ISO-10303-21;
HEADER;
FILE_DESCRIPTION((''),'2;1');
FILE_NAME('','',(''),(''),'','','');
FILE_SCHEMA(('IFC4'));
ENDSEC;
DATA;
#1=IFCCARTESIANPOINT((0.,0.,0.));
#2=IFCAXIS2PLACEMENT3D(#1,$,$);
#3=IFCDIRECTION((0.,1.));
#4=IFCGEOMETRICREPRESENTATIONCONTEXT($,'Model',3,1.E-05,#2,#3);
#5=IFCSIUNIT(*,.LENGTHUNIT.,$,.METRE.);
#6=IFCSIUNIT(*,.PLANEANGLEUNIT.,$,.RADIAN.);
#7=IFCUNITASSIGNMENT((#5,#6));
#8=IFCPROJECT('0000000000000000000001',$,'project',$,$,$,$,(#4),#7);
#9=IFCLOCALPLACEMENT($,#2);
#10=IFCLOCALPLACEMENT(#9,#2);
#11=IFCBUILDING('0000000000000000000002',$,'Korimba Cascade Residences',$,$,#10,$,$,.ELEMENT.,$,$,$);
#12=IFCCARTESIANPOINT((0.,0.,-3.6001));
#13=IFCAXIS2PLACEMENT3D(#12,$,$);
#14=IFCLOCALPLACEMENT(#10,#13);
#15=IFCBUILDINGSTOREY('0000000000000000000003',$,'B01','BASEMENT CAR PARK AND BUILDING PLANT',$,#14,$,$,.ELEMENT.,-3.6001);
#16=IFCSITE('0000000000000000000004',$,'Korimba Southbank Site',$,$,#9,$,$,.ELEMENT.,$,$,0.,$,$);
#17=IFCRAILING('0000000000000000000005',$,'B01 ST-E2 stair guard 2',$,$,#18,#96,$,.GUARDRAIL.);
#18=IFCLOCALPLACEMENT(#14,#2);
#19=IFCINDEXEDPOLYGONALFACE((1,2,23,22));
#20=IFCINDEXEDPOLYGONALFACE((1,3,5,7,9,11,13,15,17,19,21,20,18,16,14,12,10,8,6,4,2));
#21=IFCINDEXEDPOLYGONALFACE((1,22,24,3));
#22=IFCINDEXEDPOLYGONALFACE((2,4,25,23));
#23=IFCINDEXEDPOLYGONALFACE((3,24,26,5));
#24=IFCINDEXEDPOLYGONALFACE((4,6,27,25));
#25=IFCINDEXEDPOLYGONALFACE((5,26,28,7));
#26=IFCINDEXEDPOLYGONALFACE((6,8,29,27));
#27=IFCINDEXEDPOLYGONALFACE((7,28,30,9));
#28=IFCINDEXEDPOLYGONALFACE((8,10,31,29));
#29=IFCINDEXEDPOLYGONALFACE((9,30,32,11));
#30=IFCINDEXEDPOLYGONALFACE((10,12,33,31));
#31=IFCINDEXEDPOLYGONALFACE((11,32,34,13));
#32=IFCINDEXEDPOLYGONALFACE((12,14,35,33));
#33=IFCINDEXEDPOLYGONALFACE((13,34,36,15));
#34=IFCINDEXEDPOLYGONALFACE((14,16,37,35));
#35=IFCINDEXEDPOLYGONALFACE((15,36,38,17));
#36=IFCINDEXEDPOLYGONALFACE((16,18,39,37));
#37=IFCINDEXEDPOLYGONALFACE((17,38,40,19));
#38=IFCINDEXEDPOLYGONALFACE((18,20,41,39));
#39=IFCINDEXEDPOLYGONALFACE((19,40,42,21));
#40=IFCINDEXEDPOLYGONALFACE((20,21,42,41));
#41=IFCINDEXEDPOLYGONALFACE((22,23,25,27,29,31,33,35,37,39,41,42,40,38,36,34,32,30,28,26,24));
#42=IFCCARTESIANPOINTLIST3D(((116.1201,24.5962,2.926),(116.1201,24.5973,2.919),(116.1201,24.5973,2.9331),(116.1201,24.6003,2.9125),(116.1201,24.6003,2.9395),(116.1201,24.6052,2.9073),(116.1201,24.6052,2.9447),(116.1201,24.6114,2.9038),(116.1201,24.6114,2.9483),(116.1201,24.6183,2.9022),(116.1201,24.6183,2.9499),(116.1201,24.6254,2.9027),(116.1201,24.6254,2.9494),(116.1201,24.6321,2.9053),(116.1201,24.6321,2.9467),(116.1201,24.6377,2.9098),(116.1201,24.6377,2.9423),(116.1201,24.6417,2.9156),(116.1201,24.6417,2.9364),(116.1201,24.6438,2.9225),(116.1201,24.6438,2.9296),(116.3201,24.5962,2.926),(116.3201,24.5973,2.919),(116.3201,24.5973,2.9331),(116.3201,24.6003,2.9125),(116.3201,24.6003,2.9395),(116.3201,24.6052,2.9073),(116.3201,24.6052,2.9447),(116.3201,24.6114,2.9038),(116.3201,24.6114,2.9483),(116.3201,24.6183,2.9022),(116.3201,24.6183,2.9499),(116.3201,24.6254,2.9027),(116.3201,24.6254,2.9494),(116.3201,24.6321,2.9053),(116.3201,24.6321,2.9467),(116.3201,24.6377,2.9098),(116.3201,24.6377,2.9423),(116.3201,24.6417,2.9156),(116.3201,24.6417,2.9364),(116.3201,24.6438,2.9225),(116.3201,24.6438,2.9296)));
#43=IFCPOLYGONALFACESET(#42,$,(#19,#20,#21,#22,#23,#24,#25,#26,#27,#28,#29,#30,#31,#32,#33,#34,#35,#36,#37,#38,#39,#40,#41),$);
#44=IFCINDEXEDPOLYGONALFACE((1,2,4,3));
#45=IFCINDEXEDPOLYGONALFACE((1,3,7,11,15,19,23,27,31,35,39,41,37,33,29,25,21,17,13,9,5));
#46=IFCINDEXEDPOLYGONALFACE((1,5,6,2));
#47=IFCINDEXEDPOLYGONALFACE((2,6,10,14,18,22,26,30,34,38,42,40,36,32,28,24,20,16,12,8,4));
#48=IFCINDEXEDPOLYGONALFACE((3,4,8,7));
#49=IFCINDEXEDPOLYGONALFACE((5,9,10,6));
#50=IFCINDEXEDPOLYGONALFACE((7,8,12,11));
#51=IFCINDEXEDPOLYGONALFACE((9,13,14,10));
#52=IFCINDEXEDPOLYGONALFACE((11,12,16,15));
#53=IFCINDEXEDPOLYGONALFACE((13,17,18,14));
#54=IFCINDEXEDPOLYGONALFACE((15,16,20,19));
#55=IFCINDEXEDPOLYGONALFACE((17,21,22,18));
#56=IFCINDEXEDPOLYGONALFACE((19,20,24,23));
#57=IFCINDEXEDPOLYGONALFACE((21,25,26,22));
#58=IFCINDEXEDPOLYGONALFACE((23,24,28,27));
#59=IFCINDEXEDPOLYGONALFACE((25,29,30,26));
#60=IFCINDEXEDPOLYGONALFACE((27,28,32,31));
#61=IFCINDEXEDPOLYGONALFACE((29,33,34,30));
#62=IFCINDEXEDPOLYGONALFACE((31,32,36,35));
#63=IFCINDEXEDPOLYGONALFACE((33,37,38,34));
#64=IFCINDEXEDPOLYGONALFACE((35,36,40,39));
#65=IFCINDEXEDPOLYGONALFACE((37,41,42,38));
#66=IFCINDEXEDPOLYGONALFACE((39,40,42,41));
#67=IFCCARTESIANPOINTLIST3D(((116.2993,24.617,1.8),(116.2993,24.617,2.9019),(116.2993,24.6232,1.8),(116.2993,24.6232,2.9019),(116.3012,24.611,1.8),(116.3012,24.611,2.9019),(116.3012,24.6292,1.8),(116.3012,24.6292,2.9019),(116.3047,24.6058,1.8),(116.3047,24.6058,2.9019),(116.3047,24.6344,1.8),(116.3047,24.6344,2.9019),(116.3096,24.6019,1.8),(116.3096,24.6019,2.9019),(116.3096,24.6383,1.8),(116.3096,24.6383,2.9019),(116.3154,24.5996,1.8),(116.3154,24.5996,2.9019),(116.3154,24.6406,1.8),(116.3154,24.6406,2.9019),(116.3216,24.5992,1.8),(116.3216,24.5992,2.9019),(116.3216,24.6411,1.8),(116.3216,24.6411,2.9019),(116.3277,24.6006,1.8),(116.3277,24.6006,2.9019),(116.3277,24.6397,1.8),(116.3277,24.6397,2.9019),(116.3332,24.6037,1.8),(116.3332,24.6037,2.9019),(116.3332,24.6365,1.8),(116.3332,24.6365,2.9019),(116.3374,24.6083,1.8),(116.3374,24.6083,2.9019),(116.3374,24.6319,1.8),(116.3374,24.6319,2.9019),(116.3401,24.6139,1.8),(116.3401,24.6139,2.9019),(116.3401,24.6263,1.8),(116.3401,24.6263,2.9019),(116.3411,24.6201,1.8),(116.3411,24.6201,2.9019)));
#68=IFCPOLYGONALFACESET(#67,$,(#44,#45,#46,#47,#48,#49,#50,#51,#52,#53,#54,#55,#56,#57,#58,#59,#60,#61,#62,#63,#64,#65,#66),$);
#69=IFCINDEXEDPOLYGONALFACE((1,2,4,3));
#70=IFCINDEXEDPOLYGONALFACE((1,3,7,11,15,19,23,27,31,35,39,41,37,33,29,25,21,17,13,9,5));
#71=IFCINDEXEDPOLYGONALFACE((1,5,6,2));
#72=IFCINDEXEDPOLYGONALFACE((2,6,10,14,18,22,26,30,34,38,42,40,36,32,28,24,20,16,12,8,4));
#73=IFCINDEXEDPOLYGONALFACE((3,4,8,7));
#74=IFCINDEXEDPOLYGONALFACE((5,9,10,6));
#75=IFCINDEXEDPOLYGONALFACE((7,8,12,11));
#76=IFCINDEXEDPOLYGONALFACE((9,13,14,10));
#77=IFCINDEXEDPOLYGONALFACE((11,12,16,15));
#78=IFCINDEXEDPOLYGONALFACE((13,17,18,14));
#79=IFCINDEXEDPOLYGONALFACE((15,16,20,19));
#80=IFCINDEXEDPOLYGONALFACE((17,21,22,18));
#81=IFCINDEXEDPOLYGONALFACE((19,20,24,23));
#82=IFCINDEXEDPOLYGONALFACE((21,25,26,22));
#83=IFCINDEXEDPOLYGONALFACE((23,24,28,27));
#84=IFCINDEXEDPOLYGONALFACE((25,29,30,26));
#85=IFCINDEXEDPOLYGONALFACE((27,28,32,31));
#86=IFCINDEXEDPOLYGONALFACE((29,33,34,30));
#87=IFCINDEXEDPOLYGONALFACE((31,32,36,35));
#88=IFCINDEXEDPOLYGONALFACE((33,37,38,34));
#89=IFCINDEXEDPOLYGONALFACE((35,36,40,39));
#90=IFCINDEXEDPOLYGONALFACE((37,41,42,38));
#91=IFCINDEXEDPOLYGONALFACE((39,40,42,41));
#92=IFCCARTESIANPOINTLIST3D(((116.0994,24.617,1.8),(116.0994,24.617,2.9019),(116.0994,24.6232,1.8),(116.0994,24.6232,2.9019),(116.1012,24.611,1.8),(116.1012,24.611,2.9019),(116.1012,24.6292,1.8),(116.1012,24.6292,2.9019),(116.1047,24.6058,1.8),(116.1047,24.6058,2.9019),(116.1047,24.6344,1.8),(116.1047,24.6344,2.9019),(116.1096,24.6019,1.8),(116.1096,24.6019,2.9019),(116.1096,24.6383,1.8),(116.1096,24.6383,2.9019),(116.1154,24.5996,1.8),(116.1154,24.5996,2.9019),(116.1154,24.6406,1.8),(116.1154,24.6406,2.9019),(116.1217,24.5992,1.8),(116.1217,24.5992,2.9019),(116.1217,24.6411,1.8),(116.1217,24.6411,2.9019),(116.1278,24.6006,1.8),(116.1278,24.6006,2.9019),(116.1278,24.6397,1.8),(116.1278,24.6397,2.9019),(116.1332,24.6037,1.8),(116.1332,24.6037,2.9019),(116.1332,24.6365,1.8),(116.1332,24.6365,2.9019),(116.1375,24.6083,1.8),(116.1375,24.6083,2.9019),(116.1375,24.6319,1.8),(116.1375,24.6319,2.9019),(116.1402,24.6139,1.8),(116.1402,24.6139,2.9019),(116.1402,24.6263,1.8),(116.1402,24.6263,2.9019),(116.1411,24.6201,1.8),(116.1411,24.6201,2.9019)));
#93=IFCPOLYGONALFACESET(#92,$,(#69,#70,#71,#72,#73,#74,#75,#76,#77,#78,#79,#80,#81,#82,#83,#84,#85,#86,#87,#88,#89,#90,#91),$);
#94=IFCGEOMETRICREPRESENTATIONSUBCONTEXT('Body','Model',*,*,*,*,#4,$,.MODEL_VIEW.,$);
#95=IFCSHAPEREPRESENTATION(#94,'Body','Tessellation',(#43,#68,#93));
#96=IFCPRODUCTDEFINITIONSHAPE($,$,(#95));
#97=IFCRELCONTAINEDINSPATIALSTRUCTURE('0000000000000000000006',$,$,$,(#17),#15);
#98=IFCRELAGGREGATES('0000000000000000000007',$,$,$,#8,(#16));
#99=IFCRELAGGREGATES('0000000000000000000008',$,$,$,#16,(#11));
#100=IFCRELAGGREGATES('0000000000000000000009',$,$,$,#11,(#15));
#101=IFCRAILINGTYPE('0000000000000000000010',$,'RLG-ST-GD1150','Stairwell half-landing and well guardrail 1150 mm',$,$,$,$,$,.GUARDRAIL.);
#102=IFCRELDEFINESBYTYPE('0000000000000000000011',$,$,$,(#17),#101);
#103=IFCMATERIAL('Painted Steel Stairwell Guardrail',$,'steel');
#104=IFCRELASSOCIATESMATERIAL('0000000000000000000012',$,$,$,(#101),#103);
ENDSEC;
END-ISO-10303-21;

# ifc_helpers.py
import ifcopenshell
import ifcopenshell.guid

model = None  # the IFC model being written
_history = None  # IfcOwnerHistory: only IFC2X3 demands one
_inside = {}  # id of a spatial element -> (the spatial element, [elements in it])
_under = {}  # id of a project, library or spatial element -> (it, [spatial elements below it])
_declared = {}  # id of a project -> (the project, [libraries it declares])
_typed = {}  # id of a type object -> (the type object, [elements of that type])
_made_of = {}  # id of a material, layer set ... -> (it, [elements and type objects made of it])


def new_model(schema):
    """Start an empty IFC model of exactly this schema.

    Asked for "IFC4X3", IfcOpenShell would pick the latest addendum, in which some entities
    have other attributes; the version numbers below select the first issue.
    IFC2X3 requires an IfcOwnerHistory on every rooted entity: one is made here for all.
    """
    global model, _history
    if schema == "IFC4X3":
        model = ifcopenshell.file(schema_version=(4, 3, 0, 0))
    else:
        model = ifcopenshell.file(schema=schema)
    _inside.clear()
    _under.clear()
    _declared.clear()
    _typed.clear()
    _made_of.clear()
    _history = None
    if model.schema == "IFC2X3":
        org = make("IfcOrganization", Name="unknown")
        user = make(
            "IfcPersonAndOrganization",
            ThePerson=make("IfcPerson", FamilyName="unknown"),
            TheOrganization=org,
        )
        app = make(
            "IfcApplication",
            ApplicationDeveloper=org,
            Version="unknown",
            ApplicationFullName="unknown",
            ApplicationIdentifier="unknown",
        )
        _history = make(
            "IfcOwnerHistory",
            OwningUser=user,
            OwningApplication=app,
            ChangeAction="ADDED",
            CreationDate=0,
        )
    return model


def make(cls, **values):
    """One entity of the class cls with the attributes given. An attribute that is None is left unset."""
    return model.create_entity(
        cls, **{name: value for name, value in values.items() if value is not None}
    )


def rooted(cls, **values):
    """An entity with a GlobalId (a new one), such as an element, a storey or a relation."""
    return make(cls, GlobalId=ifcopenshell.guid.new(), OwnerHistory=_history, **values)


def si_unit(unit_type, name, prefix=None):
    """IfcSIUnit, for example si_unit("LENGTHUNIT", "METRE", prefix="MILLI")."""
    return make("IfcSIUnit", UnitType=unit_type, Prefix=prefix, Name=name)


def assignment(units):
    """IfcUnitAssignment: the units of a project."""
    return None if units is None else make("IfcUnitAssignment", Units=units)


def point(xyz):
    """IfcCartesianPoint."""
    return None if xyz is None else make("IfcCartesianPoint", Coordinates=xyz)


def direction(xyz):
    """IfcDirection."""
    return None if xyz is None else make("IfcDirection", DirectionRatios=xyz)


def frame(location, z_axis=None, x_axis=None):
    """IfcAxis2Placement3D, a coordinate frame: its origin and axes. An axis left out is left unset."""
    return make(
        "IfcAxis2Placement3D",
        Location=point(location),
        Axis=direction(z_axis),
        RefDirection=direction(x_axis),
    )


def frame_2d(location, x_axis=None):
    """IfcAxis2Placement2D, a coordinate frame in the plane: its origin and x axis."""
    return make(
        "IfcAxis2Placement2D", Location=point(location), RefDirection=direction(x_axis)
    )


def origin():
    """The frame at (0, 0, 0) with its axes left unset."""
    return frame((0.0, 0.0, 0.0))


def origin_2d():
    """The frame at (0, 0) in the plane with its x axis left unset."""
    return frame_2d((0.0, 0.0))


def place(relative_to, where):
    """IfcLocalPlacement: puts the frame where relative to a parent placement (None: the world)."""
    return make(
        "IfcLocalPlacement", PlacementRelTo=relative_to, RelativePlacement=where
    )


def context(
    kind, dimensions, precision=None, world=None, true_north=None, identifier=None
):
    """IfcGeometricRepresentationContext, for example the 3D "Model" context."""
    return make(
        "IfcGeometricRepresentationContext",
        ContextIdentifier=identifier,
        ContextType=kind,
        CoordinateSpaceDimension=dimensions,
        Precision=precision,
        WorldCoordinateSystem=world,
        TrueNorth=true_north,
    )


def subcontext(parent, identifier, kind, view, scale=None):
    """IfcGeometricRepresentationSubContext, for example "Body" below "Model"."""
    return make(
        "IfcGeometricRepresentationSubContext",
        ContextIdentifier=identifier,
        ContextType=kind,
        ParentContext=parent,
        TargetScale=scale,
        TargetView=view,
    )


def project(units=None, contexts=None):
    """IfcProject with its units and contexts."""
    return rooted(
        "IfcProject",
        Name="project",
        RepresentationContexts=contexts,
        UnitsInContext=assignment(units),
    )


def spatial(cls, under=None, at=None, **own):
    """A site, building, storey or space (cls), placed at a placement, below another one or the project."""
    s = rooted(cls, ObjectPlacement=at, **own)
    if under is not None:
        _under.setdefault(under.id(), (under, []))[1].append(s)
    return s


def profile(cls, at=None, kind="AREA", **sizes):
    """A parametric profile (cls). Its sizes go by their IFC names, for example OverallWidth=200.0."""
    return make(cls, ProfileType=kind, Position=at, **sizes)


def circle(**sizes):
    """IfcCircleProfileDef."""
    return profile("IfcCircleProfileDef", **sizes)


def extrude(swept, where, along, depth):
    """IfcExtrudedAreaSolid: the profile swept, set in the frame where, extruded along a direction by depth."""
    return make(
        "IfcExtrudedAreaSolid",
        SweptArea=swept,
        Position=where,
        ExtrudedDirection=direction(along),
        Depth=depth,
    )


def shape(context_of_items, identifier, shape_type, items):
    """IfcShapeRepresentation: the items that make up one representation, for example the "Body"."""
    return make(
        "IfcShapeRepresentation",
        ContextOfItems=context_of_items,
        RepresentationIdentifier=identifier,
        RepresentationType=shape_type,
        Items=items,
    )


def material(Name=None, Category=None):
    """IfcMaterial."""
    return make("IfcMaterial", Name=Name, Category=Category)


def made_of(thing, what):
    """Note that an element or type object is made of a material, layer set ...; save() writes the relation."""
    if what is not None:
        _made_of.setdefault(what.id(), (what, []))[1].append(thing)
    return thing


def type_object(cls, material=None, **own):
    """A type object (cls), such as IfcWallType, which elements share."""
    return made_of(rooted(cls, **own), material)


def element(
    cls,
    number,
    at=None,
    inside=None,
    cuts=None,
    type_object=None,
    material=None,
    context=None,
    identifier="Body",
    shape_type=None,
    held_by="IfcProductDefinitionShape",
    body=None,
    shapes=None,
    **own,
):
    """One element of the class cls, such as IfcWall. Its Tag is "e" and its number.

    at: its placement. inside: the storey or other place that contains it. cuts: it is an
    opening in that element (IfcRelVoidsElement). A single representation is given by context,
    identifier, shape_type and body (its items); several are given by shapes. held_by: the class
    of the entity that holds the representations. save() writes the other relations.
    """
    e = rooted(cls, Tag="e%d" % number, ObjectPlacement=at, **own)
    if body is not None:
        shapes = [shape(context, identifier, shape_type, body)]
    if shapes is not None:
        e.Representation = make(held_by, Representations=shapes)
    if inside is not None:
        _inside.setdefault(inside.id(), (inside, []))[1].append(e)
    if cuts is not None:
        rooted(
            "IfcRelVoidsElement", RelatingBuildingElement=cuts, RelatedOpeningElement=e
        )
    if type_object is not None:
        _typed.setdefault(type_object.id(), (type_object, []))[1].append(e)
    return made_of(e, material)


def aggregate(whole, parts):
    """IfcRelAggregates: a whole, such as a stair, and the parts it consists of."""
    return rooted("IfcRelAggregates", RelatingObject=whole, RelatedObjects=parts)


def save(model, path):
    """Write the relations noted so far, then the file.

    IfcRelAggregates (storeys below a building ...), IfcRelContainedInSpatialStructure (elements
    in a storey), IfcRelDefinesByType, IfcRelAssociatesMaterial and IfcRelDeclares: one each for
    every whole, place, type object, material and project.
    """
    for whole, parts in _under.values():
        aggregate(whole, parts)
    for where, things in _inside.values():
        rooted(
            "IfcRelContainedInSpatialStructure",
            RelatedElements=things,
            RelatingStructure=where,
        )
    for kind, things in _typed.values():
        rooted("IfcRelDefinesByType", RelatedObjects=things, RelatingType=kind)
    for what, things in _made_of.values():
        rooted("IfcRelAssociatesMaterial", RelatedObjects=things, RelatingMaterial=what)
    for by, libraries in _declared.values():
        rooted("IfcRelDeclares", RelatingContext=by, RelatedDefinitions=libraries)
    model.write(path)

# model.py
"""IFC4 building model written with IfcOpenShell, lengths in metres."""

from ifc_helpers import new_model, si_unit, direction, frame, origin, origin_2d, place, context, subcontext, project, spatial, circle, extrude, material, type_object, element, save


model = new_model("IFC4")

# Units and contexts
model_context = context("Model", 3, precision=1e-05, world=origin(), true_north=direction((0.0, 1.0)))
body_context = subcontext(model_context, "Body", "Model", "MODEL_VIEW")
ifc_project = project(units=[si_unit("LENGTHUNIT", "METRE"), si_unit("PLANEANGLEUNIT", "RADIAN")], contexts=[model_context])

# Site, building, storey
site_placement = place(None, origin())
site = spatial("IfcSite", under=ifc_project, at=site_placement, Name="Korimba Southbank Site", CompositionType="ELEMENT", RefElevation=0.0)
building_placement = place(site_placement, origin())
building = spatial("IfcBuilding", under=site, at=building_placement, Name="Korimba Cascade Residences", CompositionType="ELEMENT")
storey_placement = place(building_placement, frame((0.0, 0.0, -3.6001)))
storey = spatial("IfcBuildingStorey", under=building, at=storey_placement, Name="B01", Description="BASEMENT CAR PARK AND BUILDING PLANT", CompositionType="ELEMENT", Elevation=-3.6001)

# Railing
ifc_material_1 = material(Name="Painted Steel Stairwell Guardrail", Category="steel")
railing_type_1 = type_object("IfcRailingType", Name="RLG-ST-GD1150", Description="Stairwell half-landing and well guardrail 1150 mm", PredefinedType="GUARDRAIL", material=ifc_material_1)
railing_1_placement = place(storey_placement, frame((116.3201, 24.6201, 1.8)))
element("IfcRailing", 1, at=railing_1_placement, inside=storey, type_object=railing_type_1, Name="B01 ST-E2 stair guard 2", PredefinedType="GUARDRAIL", context=body_context, shape_type="SweptSolid", body=[
    extrude(circle(Radius=0.0239, at=origin_2d()), frame((0.0, 0.0, 1.126), z_axis=(-1.0, 0.0, 0.0), x_axis=(0.0, -1.0, 0.0)), (0.0, 0.0, 1.0), 0.2),
    extrude(circle(Radius=0.021, at=origin_2d()), origin(), (0.0, 0.0, 1.0), 1.1018),
    extrude(circle(Radius=0.021, at=origin_2d()), frame((-0.2, 0.0, 0.0)), (0.0, 0.0, 1.0), 1.1018),
])

save(model, "model.ifc")
